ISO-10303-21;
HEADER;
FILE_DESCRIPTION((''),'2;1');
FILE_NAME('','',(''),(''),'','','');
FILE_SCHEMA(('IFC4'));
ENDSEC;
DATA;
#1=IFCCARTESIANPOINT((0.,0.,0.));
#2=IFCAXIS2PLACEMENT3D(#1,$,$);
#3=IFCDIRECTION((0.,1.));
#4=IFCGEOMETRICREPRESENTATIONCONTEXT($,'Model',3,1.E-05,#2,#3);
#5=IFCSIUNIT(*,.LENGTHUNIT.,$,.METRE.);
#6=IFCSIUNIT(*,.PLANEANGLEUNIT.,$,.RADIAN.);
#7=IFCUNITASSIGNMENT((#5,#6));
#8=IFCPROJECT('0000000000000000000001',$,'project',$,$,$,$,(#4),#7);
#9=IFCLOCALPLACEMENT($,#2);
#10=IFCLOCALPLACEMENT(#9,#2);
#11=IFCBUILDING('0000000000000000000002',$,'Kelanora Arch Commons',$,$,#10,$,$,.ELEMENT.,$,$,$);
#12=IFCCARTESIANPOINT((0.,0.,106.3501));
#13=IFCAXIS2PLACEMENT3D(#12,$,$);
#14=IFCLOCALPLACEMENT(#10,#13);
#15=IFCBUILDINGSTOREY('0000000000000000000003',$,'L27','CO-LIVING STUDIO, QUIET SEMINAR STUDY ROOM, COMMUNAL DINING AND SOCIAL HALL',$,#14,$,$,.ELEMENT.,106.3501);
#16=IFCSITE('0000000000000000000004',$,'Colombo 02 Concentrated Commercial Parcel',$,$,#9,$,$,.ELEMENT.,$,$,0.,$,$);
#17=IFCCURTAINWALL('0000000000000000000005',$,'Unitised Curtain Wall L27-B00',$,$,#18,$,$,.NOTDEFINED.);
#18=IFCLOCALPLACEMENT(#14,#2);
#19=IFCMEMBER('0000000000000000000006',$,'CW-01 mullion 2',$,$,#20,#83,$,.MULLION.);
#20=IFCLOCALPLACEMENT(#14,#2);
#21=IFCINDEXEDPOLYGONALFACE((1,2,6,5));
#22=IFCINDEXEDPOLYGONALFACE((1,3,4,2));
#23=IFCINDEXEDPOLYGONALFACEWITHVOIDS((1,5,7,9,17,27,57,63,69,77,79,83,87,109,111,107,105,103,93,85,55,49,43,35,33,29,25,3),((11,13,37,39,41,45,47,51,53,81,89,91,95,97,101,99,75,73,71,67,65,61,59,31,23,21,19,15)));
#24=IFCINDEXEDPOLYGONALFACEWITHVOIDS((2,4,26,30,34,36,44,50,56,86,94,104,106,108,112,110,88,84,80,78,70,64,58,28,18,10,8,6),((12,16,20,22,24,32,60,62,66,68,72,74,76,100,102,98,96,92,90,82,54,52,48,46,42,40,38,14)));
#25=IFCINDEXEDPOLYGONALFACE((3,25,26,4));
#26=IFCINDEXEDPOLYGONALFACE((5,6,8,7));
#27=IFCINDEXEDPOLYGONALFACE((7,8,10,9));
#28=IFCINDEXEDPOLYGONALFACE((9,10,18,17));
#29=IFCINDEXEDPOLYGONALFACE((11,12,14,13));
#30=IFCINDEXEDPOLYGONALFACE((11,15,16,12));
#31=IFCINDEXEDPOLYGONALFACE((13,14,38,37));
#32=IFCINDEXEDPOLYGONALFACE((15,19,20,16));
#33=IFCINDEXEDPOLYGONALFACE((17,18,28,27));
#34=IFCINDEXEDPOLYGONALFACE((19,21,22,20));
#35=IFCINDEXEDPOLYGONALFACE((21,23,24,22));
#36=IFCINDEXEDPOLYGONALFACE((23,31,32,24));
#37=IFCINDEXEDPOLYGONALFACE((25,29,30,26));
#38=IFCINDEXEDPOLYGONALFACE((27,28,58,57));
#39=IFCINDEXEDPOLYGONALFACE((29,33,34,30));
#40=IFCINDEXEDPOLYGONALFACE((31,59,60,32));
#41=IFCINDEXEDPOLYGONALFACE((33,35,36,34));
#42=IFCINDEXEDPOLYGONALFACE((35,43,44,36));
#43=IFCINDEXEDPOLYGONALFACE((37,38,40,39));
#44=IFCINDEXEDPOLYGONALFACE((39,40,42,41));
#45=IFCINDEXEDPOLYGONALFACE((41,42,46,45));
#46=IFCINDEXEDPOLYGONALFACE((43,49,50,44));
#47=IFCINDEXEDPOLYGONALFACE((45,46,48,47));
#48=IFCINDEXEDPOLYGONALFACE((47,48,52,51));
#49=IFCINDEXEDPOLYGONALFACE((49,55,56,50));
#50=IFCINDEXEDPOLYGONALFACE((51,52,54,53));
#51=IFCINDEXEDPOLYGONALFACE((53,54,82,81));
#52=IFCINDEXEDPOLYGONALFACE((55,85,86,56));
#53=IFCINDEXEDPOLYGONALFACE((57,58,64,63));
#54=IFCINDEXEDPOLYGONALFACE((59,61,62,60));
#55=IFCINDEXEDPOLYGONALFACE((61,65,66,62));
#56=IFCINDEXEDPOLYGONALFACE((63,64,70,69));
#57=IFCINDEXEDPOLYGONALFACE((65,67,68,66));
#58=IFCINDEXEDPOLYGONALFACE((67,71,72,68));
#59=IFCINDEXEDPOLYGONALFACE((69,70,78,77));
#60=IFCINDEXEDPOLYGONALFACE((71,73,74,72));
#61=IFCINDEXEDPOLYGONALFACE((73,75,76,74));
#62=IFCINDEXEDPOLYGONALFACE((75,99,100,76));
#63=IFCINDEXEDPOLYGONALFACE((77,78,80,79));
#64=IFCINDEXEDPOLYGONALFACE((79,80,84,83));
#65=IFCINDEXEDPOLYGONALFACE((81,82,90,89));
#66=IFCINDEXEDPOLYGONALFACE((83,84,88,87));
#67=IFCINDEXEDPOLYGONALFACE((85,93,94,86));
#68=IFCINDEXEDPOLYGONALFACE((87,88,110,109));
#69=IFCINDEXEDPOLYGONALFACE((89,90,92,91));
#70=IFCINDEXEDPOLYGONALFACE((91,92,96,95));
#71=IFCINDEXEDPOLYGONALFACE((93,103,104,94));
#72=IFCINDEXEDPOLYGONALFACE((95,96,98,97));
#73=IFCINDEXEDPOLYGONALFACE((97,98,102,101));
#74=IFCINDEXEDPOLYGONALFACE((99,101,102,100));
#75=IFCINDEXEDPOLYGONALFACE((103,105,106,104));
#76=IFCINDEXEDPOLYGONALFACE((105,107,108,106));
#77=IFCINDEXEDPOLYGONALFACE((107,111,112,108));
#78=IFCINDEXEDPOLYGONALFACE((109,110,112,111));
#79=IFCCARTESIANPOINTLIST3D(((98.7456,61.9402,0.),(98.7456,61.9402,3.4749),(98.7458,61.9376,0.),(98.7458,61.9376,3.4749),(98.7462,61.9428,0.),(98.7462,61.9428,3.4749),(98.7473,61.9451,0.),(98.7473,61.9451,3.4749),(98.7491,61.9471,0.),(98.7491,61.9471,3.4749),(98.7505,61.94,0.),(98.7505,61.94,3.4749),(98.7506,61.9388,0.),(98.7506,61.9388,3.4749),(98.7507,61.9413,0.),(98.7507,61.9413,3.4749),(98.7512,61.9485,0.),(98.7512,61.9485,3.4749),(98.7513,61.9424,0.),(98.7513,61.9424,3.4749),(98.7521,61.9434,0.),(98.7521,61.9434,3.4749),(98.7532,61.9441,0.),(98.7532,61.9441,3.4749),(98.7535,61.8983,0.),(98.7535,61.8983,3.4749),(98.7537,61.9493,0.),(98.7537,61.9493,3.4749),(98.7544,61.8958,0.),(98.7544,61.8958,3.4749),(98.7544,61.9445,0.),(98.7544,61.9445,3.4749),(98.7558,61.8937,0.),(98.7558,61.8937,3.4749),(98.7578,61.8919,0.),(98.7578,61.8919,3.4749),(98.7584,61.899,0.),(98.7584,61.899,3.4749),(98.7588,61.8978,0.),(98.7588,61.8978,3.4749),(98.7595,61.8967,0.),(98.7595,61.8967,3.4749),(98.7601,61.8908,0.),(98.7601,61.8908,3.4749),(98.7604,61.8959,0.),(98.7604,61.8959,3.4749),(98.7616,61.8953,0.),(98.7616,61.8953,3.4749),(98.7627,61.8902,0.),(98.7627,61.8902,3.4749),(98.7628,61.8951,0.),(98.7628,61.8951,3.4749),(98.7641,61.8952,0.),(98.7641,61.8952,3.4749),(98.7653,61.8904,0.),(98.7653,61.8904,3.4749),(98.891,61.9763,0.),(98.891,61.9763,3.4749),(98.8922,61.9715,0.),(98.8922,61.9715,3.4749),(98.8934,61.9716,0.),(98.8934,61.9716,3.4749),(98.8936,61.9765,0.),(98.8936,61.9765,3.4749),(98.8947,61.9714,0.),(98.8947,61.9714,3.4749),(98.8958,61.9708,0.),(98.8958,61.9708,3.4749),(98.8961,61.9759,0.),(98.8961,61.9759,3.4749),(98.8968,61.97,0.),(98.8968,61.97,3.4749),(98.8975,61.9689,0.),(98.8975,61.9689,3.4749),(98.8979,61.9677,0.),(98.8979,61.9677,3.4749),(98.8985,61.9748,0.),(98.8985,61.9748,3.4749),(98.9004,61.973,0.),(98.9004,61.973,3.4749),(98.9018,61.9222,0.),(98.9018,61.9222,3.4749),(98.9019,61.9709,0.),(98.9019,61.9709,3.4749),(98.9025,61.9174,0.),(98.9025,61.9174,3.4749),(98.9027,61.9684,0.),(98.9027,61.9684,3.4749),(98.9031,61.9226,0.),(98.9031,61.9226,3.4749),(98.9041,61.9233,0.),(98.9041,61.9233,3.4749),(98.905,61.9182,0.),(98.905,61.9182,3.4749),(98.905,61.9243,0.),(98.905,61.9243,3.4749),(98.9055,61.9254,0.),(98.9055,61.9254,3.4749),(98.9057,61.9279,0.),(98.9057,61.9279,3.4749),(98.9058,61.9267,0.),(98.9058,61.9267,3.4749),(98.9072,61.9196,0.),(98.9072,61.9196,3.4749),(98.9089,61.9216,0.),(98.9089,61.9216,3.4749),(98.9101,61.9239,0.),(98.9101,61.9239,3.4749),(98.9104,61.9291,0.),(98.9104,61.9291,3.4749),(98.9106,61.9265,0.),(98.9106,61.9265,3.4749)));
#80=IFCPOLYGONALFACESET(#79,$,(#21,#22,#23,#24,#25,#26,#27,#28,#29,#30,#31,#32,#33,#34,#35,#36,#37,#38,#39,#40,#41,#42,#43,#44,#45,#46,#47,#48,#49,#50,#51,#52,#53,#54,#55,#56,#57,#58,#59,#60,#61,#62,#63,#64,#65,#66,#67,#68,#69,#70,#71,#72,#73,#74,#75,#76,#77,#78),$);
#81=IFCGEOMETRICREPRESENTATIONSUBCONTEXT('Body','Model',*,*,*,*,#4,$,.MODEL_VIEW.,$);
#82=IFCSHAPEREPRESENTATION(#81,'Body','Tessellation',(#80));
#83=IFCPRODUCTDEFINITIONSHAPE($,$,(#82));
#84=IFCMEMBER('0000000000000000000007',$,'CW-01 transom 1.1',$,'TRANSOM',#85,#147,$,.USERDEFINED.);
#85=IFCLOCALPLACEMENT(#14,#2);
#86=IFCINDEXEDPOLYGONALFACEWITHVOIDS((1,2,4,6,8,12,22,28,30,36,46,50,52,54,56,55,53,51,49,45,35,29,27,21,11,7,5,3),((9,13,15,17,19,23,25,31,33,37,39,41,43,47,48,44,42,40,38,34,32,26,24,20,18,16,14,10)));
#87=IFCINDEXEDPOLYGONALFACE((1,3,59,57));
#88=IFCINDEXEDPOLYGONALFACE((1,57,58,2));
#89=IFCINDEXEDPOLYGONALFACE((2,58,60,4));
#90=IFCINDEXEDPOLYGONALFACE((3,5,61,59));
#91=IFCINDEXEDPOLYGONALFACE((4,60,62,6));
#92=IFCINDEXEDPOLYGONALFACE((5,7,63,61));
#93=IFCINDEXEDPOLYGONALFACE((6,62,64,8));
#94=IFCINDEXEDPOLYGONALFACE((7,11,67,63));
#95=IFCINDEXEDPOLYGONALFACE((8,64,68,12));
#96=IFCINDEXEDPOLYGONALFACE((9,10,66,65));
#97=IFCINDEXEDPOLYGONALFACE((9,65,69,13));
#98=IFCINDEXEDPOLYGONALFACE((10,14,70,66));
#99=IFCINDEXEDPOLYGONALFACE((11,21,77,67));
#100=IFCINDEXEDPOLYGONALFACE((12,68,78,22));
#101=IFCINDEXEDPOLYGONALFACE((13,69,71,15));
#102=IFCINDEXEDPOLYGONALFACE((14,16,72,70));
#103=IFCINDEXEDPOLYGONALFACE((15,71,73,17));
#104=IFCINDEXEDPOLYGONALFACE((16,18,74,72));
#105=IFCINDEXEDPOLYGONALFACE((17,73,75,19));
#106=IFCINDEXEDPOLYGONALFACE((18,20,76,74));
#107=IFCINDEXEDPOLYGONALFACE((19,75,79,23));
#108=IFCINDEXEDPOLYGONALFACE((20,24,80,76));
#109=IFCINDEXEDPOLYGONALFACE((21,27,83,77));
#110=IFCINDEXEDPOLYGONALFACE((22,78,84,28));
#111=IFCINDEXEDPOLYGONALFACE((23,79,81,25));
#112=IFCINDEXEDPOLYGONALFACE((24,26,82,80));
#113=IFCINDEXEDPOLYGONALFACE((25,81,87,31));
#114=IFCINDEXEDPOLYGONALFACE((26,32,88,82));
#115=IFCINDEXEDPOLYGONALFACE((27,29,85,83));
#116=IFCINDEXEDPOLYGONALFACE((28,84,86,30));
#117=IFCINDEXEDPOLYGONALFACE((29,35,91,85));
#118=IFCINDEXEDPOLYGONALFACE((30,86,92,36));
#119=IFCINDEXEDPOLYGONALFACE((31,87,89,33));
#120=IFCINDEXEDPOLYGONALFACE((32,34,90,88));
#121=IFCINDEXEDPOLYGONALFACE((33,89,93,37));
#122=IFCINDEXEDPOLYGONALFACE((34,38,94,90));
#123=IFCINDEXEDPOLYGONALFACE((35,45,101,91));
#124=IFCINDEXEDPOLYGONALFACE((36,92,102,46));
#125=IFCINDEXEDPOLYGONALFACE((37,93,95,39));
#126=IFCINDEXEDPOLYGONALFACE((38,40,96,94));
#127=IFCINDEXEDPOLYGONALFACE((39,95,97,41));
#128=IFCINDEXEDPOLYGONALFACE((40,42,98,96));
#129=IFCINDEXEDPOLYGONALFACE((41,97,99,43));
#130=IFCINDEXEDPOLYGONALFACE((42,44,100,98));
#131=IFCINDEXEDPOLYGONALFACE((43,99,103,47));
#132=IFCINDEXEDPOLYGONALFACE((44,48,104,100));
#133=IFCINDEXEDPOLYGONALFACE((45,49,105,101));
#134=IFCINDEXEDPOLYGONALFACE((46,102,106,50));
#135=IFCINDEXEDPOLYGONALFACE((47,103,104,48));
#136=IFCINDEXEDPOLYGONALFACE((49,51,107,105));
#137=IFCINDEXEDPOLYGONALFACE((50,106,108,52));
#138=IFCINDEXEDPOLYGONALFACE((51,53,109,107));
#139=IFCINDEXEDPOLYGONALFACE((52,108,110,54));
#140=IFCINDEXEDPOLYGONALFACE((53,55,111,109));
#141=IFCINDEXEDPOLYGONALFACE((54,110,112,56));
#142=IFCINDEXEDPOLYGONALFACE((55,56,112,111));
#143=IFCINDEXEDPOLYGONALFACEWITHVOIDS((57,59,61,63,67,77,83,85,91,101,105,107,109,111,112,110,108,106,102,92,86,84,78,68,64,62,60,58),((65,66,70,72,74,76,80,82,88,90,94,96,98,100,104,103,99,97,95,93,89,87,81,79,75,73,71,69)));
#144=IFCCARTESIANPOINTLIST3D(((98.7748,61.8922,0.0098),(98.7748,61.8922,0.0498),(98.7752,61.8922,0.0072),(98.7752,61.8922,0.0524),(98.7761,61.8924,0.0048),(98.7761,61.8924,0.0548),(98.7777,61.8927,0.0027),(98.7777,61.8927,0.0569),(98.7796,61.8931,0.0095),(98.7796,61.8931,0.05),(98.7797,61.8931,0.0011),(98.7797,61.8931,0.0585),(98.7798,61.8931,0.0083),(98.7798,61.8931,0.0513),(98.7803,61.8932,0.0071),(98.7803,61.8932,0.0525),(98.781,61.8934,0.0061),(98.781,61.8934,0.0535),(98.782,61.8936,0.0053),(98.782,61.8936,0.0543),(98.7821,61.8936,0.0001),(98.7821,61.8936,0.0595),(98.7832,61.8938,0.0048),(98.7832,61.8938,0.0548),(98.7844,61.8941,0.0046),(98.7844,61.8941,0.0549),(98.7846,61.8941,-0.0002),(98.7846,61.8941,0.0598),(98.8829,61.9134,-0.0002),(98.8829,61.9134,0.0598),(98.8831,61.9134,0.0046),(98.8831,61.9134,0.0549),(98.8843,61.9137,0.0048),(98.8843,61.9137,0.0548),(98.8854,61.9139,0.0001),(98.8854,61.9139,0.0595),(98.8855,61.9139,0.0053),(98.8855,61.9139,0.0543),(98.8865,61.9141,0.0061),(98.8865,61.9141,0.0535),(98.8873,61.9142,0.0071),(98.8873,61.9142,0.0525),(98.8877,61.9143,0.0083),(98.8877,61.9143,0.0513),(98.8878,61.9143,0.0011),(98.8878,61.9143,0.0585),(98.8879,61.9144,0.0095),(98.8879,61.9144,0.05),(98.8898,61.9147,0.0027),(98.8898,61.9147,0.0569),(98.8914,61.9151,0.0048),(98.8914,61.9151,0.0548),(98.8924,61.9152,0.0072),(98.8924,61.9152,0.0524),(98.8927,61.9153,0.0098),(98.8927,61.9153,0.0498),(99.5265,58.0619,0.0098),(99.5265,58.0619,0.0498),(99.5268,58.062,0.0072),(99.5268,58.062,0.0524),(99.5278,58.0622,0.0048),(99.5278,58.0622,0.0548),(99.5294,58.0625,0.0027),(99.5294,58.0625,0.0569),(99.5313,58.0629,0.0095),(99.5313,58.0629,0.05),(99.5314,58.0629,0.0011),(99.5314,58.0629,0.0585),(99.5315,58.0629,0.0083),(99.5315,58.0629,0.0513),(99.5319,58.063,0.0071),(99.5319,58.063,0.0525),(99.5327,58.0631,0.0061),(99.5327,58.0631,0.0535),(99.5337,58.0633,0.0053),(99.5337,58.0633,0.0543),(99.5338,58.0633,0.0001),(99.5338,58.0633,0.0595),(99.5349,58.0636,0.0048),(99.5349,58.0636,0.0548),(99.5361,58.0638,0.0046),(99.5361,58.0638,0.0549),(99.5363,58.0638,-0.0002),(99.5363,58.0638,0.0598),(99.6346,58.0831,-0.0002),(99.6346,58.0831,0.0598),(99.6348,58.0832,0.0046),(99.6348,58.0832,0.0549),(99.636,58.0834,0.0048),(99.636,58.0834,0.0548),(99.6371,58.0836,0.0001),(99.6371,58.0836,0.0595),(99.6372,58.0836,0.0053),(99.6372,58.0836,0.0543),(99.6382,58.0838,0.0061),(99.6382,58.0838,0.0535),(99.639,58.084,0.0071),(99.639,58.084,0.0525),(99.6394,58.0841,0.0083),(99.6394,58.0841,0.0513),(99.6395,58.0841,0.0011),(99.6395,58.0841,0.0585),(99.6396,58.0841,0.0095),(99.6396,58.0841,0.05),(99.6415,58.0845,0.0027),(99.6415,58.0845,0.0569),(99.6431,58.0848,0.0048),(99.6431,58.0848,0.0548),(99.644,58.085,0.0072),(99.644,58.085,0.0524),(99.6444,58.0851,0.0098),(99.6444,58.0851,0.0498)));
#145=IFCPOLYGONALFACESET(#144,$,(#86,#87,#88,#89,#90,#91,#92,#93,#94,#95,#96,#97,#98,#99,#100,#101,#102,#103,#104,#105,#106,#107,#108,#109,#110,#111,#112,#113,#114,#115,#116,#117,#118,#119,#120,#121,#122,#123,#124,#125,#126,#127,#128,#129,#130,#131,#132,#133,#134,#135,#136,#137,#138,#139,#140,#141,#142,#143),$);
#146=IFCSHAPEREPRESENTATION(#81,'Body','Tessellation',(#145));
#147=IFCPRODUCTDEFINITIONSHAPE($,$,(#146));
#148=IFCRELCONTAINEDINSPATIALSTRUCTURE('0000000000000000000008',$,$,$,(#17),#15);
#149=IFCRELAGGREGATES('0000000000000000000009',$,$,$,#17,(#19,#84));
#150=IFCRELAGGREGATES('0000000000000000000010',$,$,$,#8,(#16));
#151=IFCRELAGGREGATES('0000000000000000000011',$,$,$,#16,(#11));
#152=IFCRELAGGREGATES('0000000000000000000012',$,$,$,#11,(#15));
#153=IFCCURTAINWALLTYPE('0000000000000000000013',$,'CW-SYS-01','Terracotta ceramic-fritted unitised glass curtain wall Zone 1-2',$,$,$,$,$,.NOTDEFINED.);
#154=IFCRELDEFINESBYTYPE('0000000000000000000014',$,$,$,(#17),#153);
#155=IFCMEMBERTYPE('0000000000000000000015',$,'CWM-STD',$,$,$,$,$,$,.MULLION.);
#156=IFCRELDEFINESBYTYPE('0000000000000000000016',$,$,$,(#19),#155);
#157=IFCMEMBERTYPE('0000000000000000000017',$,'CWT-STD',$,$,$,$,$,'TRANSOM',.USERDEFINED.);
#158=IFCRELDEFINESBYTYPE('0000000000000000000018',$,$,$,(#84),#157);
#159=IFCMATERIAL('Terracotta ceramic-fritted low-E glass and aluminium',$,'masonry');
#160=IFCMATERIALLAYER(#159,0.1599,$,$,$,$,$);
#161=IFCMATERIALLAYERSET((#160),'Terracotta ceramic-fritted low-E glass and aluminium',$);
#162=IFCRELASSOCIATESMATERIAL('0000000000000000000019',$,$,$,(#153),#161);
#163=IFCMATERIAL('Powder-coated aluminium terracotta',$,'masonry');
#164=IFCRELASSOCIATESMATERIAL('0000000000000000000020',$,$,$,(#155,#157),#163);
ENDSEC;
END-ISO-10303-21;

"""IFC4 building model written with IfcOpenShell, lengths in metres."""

from ifc_helpers import new_model, si_unit, direction, frame, origin, origin_2d, place, context, subcontext, project, spatial, hollow_rectangle, extrude, material, layer, layer_set, material_profile, profile_set, type_object, element, aggregate, save


model = new_model("IFC4")

# Units and contexts
model_context = context("Model", 3, precision=1e-05, world=origin(), true_north=direction((0.0, 1.0)))
body_context = subcontext(model_context, "Body", "Model", "MODEL_VIEW")
ifc_project = project(units=[si_unit("LENGTHUNIT", "METRE"), si_unit("PLANEANGLEUNIT", "RADIAN")], contexts=[model_context])

# Site, building, storey
site_placement = place(None, origin())
site = spatial("IfcSite", under=ifc_project, at=site_placement, Name="Colombo 02 Concentrated Commercial Parcel", CompositionType="ELEMENT", RefElevation=0.0)
building_placement = place(site_placement, origin())
building = spatial("IfcBuilding", under=site, at=building_placement, Name="Kelanora Arch Commons", CompositionType="ELEMENT")
storey_placement = place(building_placement, frame((0.0, 0.0, 106.3501)))
storey = spatial("IfcBuildingStorey", under=building, at=storey_placement, Name="L27", Description="CO-LIVING STUDIO, QUIET SEMINAR STUDY ROOM, COMMUNAL DINING AND SOCIAL HALL", CompositionType="ELEMENT", Elevation=106.3501)

# Curtain wall, members
ifc_material_1 = material(Name="Terracotta ceramic-fritted low-E glass and aluminium", Category="masonry")
ifc_layer_1 = layer(ifc_material_1, 0.1599)
ifc_layer_set_1 = layer_set([ifc_layer_1], Name="Terracotta ceramic-fritted low-E glass and aluminium")
curtain_wall_type = type_object("IfcCurtainWallType", Name="CW-SYS-01", Description="Terracotta ceramic-fritted unitised glass curtain wall Zone 1-2", PredefinedType="NOTDEFINED", material=ifc_layer_set_1)
curtain_wall_placement = place(storey_placement, origin())
curtain_wall = element("IfcCurtainWall", 1, at=curtain_wall_placement, inside=storey, type_object=curtain_wall_type, Name="Unitised Curtain Wall L27-B00", PredefinedType="NOTDEFINED")
ifc_material_2 = material(Name="Powder-coated aluminium terracotta", Category="masonry")
ifc_material_profile_1 = material_profile(ifc_material_2, hollow_rectangle(XDim=0.1599, YDim=0.0601, WallThickness=0.0049, InnerFilletRadius=0.0049, OuterFilletRadius=0.01, at=origin_2d()), Name="CWM160x60")
ifc_profile_set_1 = profile_set([ifc_material_profile_1], Name="Powder-coated aluminium terracotta")
member_type_1 = type_object("IfcMemberType", Name="CWM-STD", PredefinedType="MULLION", material=ifc_profile_set_1)
member_1_placement = place(storey_placement, frame((98.8281, 61.9333, 0.0), z_axis=(0.0, 0.0, 1.0), x_axis=(-0.98128, -0.192585, 0.0)))
member_1 = element("IfcMember", 2, at=member_1_placement, type_object=member_type_1, Name="CW-01 mullion 2", PredefinedType="MULLION", context=body_context, shape_type="SweptSolid", body=[
    extrude(hollow_rectangle(XDim=0.1599, YDim=0.0601, WallThickness=0.0049, InnerFilletRadius=0.0049, OuterFilletRadius=0.01, at=origin_2d()), origin(), (0.0, 0.0, 1.0), 3.4749),
])
ifc_material_profile_2 = material_profile(ifc_material_2, hollow_rectangle(XDim=0.1201, YDim=0.0601, WallThickness=0.0049, InnerFilletRadius=0.0049, OuterFilletRadius=0.01, at=origin_2d()), Name="CWT120x60")
ifc_profile_set_2 = profile_set([ifc_material_profile_2], Name="Powder-coated aluminium terracotta")
member_type_2 = type_object("IfcMemberType", Name="CWT-STD", ElementType="TRANSOM", PredefinedType="USERDEFINED", material=ifc_profile_set_2)
member_2_placement = place(storey_placement, frame((99.5854, 58.0735, 0.0298), z_axis=(-0.192579, 0.981282, 0.0), x_axis=(-0.981282, -0.192579, 0.0)))
member_2 = element("IfcMember", 3, at=member_2_placement, type_object=member_type_2, Name="CW-01 transom 1.1", ObjectType="TRANSOM", PredefinedType="USERDEFINED", context=body_context, shape_type="SweptSolid", body=[
    extrude(hollow_rectangle(XDim=0.1201, YDim=0.0601, WallThickness=0.0049, InnerFilletRadius=0.0049, OuterFilletRadius=0.01, at=origin_2d()), origin(), (0.0, 0.0, 1.0), 3.9033),
])
aggregate(curtain_wall, [member_1, member_2])

save(model, "model.ifc")
